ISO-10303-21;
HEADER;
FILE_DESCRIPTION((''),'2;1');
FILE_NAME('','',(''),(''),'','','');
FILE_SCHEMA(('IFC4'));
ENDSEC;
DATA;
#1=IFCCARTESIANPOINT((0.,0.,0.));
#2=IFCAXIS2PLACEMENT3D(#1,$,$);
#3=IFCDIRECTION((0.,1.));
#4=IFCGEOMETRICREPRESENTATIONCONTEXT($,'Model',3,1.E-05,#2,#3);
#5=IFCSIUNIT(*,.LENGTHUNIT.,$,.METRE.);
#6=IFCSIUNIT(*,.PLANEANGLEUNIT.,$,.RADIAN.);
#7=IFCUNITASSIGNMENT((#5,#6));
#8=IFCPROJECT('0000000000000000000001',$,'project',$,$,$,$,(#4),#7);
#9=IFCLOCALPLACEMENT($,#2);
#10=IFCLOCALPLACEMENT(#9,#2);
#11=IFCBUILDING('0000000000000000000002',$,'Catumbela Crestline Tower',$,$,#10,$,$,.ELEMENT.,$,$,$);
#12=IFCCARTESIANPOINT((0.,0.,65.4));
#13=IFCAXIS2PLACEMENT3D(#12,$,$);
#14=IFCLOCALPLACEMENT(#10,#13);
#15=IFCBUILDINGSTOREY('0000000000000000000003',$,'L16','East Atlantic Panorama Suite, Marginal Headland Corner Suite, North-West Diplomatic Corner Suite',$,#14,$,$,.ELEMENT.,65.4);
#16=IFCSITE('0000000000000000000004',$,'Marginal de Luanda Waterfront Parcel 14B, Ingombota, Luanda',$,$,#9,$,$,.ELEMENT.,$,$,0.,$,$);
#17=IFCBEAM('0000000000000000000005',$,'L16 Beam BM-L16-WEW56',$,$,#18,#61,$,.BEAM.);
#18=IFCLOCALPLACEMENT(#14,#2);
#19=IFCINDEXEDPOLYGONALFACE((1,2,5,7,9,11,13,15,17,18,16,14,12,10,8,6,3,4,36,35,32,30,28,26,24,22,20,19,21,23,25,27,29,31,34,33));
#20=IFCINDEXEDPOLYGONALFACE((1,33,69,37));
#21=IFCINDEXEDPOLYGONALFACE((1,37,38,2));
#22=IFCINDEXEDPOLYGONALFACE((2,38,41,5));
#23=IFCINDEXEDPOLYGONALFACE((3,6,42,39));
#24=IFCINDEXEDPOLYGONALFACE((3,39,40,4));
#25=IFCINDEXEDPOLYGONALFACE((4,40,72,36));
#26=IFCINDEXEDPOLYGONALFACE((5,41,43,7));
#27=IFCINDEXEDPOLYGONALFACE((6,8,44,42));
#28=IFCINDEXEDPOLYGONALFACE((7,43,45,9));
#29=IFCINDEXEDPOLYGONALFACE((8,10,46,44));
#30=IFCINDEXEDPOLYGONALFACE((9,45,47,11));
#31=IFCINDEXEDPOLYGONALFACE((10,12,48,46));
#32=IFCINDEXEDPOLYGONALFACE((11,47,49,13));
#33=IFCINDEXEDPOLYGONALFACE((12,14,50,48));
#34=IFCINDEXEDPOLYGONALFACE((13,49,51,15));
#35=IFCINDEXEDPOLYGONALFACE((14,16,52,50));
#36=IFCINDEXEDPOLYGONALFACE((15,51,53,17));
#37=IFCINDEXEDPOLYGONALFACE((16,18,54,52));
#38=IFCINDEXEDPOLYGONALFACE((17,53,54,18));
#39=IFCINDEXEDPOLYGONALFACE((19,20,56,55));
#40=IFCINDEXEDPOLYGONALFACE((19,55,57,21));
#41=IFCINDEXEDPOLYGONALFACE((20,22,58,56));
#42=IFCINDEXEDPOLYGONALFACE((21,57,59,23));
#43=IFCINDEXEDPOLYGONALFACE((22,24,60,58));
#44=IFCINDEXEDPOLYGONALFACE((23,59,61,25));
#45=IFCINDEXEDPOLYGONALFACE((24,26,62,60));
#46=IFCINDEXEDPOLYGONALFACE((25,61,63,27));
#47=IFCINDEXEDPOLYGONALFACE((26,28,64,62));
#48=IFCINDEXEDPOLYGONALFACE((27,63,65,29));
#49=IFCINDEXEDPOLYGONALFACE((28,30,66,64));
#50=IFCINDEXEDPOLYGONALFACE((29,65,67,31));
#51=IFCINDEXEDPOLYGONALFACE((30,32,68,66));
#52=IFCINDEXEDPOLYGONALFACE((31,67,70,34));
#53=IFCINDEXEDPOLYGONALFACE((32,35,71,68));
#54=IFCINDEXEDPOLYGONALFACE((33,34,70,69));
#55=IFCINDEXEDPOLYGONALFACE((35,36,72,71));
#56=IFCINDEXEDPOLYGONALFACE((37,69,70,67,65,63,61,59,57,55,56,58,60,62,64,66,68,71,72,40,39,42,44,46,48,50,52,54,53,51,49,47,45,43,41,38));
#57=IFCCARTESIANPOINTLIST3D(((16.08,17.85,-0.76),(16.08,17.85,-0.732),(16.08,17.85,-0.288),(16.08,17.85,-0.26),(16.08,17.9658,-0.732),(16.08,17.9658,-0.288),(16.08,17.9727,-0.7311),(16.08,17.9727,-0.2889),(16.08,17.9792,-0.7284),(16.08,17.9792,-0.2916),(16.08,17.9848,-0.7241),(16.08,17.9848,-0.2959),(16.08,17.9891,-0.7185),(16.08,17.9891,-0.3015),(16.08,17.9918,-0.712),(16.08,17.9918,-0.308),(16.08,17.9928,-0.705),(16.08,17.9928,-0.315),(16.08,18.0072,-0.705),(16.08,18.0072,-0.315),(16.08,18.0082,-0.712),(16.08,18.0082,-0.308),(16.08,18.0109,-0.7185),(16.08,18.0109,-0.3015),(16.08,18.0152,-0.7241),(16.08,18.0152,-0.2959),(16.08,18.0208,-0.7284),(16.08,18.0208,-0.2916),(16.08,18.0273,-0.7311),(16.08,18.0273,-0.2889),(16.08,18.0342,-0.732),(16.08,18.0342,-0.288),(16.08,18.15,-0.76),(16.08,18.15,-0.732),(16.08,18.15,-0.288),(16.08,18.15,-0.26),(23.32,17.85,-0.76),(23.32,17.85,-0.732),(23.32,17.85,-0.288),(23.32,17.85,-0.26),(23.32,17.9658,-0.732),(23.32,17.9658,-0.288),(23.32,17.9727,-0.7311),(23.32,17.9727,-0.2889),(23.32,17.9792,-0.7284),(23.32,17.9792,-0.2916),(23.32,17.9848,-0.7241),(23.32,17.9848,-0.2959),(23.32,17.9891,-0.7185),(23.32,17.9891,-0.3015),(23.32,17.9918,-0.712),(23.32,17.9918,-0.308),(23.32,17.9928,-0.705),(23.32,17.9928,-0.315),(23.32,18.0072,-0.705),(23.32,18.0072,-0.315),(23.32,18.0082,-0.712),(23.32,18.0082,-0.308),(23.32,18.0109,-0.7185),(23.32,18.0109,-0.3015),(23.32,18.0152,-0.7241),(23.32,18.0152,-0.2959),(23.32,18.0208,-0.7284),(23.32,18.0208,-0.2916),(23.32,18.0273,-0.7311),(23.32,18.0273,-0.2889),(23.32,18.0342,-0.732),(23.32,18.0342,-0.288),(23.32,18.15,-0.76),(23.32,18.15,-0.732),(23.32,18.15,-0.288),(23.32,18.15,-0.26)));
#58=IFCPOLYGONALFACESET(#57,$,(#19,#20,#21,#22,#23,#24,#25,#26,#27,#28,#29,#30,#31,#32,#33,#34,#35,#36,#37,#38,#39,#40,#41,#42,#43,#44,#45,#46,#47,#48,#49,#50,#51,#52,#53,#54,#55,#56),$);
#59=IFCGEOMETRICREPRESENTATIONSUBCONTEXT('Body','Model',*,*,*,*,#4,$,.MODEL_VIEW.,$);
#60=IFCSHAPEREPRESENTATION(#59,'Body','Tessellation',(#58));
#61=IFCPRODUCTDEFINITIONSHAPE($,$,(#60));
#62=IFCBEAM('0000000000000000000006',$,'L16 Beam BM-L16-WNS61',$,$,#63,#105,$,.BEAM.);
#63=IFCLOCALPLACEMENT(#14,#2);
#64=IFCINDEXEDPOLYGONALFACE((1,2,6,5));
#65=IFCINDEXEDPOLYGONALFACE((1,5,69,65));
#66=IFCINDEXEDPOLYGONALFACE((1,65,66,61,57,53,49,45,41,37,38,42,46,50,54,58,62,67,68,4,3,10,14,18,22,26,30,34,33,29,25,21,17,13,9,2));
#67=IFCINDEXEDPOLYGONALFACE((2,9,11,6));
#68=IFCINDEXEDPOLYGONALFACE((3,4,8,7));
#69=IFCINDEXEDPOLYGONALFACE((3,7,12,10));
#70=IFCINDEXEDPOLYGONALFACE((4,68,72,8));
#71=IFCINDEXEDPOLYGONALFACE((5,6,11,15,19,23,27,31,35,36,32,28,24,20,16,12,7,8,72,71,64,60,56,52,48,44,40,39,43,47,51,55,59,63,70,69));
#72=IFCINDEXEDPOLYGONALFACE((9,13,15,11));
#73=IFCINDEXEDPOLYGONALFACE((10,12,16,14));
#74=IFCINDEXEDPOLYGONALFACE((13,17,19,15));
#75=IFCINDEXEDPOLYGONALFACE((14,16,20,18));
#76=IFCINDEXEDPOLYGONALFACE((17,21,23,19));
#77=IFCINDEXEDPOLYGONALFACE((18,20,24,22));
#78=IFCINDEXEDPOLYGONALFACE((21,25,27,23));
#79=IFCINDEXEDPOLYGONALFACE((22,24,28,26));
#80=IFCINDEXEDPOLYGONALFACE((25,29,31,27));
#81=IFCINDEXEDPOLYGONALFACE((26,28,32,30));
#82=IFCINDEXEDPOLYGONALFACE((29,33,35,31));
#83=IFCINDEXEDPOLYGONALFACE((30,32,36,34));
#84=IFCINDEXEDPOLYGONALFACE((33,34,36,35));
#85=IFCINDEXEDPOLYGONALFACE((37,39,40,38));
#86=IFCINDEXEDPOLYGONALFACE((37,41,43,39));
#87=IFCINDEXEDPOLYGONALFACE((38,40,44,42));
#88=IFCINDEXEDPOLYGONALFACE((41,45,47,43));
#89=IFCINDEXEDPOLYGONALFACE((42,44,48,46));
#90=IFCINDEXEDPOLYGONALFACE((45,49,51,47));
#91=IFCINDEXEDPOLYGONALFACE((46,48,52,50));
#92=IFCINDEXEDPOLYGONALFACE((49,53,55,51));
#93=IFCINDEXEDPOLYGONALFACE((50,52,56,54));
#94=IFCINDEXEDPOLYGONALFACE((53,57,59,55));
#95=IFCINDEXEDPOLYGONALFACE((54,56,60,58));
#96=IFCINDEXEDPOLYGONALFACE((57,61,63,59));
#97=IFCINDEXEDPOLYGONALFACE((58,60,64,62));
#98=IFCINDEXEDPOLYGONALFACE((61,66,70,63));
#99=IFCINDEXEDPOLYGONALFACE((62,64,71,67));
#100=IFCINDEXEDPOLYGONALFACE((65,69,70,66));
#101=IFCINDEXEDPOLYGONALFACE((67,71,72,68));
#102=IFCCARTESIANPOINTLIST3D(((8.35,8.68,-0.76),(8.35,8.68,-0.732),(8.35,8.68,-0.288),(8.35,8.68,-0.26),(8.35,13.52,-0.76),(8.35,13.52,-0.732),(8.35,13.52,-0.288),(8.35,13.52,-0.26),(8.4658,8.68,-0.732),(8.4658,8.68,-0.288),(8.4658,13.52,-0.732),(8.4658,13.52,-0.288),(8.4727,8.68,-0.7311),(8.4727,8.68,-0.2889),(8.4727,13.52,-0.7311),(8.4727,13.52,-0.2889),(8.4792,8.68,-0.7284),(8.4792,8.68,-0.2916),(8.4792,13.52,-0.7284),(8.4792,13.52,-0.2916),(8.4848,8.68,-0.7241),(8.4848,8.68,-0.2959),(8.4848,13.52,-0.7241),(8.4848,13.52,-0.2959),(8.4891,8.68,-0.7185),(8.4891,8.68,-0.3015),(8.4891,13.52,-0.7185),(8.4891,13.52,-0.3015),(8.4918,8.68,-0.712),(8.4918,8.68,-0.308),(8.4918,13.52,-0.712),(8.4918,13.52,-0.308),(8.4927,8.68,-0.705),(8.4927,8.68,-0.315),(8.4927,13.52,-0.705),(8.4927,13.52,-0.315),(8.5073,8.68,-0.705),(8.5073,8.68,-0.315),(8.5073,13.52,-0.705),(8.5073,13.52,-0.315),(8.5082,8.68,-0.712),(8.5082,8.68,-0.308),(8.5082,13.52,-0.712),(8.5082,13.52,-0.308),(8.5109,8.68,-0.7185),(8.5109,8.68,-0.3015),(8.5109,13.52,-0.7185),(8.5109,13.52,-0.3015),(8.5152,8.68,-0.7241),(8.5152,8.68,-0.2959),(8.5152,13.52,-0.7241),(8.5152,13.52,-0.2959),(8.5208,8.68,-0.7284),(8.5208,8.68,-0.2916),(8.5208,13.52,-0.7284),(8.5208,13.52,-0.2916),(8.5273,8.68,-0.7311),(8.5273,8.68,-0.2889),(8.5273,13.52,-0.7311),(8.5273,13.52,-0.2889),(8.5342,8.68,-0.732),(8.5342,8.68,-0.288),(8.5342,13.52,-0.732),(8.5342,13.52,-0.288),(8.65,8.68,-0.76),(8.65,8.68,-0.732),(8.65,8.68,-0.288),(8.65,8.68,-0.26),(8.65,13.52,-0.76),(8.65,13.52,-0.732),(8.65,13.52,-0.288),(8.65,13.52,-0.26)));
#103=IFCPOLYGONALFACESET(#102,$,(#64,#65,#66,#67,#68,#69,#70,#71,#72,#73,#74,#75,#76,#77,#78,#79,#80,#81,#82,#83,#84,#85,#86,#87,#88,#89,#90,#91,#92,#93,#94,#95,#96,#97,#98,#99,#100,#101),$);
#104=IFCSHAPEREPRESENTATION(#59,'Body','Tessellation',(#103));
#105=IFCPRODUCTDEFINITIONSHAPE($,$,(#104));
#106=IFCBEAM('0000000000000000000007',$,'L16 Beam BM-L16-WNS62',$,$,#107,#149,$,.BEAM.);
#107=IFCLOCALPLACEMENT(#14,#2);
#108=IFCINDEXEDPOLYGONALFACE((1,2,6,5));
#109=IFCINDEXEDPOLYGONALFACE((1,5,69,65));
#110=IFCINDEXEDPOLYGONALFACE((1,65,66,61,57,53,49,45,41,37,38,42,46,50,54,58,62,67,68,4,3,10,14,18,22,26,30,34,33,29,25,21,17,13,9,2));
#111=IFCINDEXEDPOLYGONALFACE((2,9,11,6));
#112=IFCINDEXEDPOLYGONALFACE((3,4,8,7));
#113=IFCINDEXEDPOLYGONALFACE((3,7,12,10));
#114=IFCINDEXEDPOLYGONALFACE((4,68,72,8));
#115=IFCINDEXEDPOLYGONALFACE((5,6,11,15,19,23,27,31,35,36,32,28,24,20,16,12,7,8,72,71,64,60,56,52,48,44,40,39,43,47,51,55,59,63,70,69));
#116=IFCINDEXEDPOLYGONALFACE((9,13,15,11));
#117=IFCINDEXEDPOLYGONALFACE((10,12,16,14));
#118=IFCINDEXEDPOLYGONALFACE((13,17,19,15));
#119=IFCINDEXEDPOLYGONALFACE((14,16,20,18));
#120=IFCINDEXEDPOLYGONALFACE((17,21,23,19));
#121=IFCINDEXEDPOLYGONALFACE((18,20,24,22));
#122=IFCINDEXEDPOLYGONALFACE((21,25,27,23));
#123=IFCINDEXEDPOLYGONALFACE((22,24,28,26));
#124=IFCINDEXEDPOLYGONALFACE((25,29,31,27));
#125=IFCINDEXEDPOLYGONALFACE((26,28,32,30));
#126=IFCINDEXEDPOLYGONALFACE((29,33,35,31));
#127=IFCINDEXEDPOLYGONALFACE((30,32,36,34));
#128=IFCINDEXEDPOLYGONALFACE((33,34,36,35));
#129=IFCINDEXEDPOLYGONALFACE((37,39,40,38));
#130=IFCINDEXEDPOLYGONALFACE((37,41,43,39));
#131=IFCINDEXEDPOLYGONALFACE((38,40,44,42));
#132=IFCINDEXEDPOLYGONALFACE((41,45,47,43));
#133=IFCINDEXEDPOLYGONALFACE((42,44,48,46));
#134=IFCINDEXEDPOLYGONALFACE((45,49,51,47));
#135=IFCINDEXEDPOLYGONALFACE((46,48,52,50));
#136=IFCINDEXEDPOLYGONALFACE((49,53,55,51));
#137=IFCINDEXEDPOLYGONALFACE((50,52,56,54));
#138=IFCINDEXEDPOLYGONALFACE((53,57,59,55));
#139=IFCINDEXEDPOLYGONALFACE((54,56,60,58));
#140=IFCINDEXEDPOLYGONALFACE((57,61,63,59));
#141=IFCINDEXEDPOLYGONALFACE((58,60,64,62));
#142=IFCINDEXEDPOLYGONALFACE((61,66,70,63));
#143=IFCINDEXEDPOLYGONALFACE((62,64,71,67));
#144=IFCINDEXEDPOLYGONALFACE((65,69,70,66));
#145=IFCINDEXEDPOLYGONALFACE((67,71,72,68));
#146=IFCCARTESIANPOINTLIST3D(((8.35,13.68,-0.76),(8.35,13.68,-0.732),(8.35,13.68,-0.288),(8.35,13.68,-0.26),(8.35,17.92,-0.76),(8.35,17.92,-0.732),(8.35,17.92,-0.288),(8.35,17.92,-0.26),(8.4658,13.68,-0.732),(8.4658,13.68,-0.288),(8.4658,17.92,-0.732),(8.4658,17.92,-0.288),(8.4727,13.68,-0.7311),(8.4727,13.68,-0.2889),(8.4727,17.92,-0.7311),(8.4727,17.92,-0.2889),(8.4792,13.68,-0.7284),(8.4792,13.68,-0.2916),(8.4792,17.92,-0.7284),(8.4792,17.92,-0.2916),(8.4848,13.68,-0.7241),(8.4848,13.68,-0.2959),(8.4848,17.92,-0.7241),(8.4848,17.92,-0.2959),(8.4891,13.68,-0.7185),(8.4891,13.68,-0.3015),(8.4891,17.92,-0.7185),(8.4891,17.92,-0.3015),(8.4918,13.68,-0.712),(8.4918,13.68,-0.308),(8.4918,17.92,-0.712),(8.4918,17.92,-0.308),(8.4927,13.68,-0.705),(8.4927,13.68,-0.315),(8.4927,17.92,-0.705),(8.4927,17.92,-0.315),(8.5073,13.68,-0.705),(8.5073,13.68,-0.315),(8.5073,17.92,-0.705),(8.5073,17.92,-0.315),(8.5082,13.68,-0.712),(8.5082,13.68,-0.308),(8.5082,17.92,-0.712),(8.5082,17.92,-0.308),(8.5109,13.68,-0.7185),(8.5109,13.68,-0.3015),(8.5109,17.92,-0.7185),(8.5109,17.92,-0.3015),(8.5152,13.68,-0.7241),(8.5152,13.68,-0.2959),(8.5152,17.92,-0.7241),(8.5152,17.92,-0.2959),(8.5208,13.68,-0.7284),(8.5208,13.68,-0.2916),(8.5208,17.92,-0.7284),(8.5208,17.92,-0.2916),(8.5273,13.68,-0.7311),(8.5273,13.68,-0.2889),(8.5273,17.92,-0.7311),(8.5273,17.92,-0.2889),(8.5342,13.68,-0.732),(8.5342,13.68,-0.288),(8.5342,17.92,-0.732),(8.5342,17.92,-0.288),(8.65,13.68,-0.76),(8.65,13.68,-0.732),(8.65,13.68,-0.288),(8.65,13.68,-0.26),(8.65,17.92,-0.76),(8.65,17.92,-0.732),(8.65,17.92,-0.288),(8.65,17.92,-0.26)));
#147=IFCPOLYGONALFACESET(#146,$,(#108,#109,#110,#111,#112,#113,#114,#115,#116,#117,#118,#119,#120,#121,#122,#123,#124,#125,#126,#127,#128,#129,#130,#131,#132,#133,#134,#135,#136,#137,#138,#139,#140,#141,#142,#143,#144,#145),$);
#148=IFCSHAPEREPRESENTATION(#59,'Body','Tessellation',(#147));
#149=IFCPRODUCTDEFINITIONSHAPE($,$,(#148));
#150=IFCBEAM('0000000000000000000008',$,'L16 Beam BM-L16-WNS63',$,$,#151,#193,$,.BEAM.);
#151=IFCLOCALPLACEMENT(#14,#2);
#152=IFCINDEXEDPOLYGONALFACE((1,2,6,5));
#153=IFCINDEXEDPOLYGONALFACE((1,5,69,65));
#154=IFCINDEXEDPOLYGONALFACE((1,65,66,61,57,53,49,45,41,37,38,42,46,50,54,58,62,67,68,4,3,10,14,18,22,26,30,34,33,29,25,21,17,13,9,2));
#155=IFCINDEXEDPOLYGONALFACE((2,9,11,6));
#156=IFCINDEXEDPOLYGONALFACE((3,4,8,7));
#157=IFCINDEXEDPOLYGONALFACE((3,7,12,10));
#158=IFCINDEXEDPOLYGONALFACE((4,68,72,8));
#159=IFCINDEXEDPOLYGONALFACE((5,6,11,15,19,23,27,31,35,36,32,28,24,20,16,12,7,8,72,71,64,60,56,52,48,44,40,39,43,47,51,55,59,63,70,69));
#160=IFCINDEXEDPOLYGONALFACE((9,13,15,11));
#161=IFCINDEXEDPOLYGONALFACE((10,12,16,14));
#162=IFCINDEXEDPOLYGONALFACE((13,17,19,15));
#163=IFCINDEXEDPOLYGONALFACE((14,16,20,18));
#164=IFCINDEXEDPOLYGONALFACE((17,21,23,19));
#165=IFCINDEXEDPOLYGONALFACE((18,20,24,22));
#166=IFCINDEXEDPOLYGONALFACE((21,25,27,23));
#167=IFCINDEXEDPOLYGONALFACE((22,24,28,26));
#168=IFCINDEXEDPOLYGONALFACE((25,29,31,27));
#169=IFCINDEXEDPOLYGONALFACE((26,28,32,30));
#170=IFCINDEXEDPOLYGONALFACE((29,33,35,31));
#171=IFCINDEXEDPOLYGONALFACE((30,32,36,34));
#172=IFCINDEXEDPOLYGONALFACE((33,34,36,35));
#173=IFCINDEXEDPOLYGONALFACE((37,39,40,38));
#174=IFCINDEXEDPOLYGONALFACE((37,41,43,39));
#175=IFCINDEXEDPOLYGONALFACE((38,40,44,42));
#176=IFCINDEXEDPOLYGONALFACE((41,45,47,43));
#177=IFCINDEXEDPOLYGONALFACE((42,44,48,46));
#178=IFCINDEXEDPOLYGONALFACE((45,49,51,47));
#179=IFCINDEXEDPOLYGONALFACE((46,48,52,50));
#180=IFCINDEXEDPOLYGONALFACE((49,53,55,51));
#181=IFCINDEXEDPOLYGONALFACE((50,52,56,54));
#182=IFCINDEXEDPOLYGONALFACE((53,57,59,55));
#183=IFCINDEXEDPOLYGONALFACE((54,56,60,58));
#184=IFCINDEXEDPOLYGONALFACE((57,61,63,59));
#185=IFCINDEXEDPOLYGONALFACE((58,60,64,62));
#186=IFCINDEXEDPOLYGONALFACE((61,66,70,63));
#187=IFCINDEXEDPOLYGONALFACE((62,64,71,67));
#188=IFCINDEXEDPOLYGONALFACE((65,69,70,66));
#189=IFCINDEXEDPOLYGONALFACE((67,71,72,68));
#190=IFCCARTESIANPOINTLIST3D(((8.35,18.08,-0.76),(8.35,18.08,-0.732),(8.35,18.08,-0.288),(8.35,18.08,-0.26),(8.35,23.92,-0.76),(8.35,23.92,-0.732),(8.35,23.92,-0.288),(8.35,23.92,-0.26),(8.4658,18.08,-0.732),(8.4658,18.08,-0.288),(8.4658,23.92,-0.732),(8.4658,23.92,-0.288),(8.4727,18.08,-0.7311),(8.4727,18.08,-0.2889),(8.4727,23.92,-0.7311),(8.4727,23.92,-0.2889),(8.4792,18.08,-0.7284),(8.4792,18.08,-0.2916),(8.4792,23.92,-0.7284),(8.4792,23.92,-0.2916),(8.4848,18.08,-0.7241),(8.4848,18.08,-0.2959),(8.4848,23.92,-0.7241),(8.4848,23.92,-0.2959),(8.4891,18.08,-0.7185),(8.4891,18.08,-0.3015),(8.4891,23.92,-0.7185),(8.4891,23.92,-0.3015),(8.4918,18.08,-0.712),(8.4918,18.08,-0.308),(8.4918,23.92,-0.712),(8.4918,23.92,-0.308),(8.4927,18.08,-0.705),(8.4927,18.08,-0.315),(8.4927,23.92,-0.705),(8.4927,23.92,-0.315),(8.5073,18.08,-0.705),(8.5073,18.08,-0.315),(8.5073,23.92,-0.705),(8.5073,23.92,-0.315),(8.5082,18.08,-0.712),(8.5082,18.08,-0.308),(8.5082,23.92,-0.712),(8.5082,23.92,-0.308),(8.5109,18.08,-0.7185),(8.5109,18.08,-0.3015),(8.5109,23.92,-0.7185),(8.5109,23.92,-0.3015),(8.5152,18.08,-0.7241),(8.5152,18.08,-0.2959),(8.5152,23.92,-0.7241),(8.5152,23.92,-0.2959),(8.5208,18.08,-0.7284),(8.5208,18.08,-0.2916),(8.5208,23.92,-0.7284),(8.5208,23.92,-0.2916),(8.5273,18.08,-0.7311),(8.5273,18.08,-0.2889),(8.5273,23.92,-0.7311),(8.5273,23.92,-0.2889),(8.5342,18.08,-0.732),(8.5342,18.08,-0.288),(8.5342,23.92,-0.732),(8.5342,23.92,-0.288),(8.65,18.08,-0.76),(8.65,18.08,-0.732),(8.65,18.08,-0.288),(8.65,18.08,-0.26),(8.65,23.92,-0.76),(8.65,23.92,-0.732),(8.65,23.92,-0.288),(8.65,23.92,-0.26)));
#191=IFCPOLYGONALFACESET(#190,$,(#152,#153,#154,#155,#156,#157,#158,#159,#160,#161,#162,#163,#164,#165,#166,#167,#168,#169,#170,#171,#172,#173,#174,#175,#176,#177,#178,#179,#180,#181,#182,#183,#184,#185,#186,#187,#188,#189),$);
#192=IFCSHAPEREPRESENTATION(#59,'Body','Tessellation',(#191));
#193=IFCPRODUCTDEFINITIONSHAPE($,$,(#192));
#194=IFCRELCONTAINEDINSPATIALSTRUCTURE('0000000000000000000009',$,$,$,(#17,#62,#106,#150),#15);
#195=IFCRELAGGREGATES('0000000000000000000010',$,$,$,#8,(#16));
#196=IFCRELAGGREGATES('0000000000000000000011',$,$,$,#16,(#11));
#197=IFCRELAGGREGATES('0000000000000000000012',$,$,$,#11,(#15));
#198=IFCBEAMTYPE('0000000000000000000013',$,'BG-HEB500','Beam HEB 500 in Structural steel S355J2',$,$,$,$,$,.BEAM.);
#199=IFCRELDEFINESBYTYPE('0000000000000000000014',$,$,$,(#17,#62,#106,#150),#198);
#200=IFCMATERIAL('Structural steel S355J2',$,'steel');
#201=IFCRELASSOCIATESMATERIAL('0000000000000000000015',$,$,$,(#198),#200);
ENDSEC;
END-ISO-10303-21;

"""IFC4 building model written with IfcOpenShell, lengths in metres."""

from ifc_helpers import new_model, si_unit, direction, frame, origin, origin_2d, place, context, subcontext, project, spatial, i_section, extrude, material, material_profile, profile_set, type_object, element, save


model = new_model("IFC4")

# Units and contexts
model_context = context("Model", 3, precision=1e-05, world=origin(), true_north=direction((0.0, 1.0)))
body_context = subcontext(model_context, "Body", "Model", "MODEL_VIEW")
ifc_project = project(units=[si_unit("LENGTHUNIT", "METRE"), si_unit("PLANEANGLEUNIT", "RADIAN")], contexts=[model_context])

# Site, building, storey
site_placement = place(None, origin())
site = spatial("IfcSite", under=ifc_project, at=site_placement, Name="Marginal de Luanda Waterfront Parcel 14B, Ingombota, Luanda", CompositionType="ELEMENT", RefElevation=0.0)
building_placement = place(site_placement, origin())
building = spatial("IfcBuilding", under=site, at=building_placement, Name="Catumbela Crestline Tower", CompositionType="ELEMENT")
storey_placement = place(building_placement, frame((0.0, 0.0, 65.4)))
storey = spatial("IfcBuildingStorey", under=building, at=storey_placement, Name="L16", Description="East Atlantic Panorama Suite, Marginal Headland Corner Suite, North-West Diplomatic Corner Suite", CompositionType="ELEMENT", Elevation=65.4)

# Beams
ifc_material_1 = material(Name="Structural steel S355J2", Category="steel")
ifc_material_profile_1 = material_profile(ifc_material_1, i_section(OverallWidth=0.3, OverallDepth=0.5, WebThickness=0.0145, FlangeThickness=0.028, FilletRadius=0.027, at=origin_2d()), Name="HEB 500")
ifc_profile_set_1 = profile_set([ifc_material_profile_1], Name="Structural steel S355J2")
beam_type_1 = type_object("IfcBeamType", Name="BG-HEB500", Description="Beam HEB 500 in Structural steel S355J2", PredefinedType="BEAM", material=ifc_profile_set_1)
beam_1_placement = place(storey_placement, frame((16.08, 18.0, -0.51), z_axis=(1.0, 0.0, 0.0), x_axis=(0.0, 1.0, 0.0)))
element("IfcBeam", 1, at=beam_1_placement, inside=storey, type_object=beam_type_1, Name="L16 Beam BM-L16-WEW56", PredefinedType="BEAM", context=body_context, shape_type="SweptSolid", body=[
    extrude(i_section(OverallWidth=0.3, OverallDepth=0.5, WebThickness=0.0145, FlangeThickness=0.028, FilletRadius=0.027, at=origin_2d()), origin(), (0.0, 0.0, 1.0), 7.24),
])
beam_2_placement = place(storey_placement, frame((8.5, 8.68, -0.51), z_axis=(0.0, 1.0, 0.0), x_axis=(-1.0, 0.0, 0.0)))
element("IfcBeam", 2, at=beam_2_placement, inside=storey, type_object=beam_type_1, Name="L16 Beam BM-L16-WNS61", PredefinedType="BEAM", context=body_context, shape_type="SweptSolid", body=[
    extrude(i_section(OverallWidth=0.3, OverallDepth=0.5, WebThickness=0.0145, FlangeThickness=0.028, FilletRadius=0.027, at=origin_2d()), origin(), (0.0, 0.0, 1.0), 4.84),
])
beam_3_placement = place(storey_placement, frame((8.5, 13.68, -0.51), z_axis=(0.0, 1.0, 0.0), x_axis=(-1.0, 0.0, 0.0)))
element("IfcBeam", 3, at=beam_3_placement, inside=storey, type_object=beam_type_1, Name="L16 Beam BM-L16-WNS62", PredefinedType="BEAM", context=body_context, shape_type="SweptSolid", body=[
    extrude(i_section(OverallWidth=0.3, OverallDepth=0.5, WebThickness=0.0145, FlangeThickness=0.028, FilletRadius=0.027, at=origin_2d()), origin(), (0.0, 0.0, 1.0), 4.24),
])
beam_4_placement = place(storey_placement, frame((8.5, 18.08, -0.51), z_axis=(0.0, 1.0, 0.0), x_axis=(-1.0, 0.0, 0.0)))
element("IfcBeam", 4, at=beam_4_placement, inside=storey, type_object=beam_type_1, Name="L16 Beam BM-L16-WNS63", PredefinedType="BEAM", context=body_context, shape_type="SweptSolid", body=[
    extrude(i_section(OverallWidth=0.3, OverallDepth=0.5, WebThickness=0.0145, FlangeThickness=0.028, FilletRadius=0.027, at=origin_2d()), origin(), (0.0, 0.0, 1.0), 5.84),
])

save(model, "model.ifc")
